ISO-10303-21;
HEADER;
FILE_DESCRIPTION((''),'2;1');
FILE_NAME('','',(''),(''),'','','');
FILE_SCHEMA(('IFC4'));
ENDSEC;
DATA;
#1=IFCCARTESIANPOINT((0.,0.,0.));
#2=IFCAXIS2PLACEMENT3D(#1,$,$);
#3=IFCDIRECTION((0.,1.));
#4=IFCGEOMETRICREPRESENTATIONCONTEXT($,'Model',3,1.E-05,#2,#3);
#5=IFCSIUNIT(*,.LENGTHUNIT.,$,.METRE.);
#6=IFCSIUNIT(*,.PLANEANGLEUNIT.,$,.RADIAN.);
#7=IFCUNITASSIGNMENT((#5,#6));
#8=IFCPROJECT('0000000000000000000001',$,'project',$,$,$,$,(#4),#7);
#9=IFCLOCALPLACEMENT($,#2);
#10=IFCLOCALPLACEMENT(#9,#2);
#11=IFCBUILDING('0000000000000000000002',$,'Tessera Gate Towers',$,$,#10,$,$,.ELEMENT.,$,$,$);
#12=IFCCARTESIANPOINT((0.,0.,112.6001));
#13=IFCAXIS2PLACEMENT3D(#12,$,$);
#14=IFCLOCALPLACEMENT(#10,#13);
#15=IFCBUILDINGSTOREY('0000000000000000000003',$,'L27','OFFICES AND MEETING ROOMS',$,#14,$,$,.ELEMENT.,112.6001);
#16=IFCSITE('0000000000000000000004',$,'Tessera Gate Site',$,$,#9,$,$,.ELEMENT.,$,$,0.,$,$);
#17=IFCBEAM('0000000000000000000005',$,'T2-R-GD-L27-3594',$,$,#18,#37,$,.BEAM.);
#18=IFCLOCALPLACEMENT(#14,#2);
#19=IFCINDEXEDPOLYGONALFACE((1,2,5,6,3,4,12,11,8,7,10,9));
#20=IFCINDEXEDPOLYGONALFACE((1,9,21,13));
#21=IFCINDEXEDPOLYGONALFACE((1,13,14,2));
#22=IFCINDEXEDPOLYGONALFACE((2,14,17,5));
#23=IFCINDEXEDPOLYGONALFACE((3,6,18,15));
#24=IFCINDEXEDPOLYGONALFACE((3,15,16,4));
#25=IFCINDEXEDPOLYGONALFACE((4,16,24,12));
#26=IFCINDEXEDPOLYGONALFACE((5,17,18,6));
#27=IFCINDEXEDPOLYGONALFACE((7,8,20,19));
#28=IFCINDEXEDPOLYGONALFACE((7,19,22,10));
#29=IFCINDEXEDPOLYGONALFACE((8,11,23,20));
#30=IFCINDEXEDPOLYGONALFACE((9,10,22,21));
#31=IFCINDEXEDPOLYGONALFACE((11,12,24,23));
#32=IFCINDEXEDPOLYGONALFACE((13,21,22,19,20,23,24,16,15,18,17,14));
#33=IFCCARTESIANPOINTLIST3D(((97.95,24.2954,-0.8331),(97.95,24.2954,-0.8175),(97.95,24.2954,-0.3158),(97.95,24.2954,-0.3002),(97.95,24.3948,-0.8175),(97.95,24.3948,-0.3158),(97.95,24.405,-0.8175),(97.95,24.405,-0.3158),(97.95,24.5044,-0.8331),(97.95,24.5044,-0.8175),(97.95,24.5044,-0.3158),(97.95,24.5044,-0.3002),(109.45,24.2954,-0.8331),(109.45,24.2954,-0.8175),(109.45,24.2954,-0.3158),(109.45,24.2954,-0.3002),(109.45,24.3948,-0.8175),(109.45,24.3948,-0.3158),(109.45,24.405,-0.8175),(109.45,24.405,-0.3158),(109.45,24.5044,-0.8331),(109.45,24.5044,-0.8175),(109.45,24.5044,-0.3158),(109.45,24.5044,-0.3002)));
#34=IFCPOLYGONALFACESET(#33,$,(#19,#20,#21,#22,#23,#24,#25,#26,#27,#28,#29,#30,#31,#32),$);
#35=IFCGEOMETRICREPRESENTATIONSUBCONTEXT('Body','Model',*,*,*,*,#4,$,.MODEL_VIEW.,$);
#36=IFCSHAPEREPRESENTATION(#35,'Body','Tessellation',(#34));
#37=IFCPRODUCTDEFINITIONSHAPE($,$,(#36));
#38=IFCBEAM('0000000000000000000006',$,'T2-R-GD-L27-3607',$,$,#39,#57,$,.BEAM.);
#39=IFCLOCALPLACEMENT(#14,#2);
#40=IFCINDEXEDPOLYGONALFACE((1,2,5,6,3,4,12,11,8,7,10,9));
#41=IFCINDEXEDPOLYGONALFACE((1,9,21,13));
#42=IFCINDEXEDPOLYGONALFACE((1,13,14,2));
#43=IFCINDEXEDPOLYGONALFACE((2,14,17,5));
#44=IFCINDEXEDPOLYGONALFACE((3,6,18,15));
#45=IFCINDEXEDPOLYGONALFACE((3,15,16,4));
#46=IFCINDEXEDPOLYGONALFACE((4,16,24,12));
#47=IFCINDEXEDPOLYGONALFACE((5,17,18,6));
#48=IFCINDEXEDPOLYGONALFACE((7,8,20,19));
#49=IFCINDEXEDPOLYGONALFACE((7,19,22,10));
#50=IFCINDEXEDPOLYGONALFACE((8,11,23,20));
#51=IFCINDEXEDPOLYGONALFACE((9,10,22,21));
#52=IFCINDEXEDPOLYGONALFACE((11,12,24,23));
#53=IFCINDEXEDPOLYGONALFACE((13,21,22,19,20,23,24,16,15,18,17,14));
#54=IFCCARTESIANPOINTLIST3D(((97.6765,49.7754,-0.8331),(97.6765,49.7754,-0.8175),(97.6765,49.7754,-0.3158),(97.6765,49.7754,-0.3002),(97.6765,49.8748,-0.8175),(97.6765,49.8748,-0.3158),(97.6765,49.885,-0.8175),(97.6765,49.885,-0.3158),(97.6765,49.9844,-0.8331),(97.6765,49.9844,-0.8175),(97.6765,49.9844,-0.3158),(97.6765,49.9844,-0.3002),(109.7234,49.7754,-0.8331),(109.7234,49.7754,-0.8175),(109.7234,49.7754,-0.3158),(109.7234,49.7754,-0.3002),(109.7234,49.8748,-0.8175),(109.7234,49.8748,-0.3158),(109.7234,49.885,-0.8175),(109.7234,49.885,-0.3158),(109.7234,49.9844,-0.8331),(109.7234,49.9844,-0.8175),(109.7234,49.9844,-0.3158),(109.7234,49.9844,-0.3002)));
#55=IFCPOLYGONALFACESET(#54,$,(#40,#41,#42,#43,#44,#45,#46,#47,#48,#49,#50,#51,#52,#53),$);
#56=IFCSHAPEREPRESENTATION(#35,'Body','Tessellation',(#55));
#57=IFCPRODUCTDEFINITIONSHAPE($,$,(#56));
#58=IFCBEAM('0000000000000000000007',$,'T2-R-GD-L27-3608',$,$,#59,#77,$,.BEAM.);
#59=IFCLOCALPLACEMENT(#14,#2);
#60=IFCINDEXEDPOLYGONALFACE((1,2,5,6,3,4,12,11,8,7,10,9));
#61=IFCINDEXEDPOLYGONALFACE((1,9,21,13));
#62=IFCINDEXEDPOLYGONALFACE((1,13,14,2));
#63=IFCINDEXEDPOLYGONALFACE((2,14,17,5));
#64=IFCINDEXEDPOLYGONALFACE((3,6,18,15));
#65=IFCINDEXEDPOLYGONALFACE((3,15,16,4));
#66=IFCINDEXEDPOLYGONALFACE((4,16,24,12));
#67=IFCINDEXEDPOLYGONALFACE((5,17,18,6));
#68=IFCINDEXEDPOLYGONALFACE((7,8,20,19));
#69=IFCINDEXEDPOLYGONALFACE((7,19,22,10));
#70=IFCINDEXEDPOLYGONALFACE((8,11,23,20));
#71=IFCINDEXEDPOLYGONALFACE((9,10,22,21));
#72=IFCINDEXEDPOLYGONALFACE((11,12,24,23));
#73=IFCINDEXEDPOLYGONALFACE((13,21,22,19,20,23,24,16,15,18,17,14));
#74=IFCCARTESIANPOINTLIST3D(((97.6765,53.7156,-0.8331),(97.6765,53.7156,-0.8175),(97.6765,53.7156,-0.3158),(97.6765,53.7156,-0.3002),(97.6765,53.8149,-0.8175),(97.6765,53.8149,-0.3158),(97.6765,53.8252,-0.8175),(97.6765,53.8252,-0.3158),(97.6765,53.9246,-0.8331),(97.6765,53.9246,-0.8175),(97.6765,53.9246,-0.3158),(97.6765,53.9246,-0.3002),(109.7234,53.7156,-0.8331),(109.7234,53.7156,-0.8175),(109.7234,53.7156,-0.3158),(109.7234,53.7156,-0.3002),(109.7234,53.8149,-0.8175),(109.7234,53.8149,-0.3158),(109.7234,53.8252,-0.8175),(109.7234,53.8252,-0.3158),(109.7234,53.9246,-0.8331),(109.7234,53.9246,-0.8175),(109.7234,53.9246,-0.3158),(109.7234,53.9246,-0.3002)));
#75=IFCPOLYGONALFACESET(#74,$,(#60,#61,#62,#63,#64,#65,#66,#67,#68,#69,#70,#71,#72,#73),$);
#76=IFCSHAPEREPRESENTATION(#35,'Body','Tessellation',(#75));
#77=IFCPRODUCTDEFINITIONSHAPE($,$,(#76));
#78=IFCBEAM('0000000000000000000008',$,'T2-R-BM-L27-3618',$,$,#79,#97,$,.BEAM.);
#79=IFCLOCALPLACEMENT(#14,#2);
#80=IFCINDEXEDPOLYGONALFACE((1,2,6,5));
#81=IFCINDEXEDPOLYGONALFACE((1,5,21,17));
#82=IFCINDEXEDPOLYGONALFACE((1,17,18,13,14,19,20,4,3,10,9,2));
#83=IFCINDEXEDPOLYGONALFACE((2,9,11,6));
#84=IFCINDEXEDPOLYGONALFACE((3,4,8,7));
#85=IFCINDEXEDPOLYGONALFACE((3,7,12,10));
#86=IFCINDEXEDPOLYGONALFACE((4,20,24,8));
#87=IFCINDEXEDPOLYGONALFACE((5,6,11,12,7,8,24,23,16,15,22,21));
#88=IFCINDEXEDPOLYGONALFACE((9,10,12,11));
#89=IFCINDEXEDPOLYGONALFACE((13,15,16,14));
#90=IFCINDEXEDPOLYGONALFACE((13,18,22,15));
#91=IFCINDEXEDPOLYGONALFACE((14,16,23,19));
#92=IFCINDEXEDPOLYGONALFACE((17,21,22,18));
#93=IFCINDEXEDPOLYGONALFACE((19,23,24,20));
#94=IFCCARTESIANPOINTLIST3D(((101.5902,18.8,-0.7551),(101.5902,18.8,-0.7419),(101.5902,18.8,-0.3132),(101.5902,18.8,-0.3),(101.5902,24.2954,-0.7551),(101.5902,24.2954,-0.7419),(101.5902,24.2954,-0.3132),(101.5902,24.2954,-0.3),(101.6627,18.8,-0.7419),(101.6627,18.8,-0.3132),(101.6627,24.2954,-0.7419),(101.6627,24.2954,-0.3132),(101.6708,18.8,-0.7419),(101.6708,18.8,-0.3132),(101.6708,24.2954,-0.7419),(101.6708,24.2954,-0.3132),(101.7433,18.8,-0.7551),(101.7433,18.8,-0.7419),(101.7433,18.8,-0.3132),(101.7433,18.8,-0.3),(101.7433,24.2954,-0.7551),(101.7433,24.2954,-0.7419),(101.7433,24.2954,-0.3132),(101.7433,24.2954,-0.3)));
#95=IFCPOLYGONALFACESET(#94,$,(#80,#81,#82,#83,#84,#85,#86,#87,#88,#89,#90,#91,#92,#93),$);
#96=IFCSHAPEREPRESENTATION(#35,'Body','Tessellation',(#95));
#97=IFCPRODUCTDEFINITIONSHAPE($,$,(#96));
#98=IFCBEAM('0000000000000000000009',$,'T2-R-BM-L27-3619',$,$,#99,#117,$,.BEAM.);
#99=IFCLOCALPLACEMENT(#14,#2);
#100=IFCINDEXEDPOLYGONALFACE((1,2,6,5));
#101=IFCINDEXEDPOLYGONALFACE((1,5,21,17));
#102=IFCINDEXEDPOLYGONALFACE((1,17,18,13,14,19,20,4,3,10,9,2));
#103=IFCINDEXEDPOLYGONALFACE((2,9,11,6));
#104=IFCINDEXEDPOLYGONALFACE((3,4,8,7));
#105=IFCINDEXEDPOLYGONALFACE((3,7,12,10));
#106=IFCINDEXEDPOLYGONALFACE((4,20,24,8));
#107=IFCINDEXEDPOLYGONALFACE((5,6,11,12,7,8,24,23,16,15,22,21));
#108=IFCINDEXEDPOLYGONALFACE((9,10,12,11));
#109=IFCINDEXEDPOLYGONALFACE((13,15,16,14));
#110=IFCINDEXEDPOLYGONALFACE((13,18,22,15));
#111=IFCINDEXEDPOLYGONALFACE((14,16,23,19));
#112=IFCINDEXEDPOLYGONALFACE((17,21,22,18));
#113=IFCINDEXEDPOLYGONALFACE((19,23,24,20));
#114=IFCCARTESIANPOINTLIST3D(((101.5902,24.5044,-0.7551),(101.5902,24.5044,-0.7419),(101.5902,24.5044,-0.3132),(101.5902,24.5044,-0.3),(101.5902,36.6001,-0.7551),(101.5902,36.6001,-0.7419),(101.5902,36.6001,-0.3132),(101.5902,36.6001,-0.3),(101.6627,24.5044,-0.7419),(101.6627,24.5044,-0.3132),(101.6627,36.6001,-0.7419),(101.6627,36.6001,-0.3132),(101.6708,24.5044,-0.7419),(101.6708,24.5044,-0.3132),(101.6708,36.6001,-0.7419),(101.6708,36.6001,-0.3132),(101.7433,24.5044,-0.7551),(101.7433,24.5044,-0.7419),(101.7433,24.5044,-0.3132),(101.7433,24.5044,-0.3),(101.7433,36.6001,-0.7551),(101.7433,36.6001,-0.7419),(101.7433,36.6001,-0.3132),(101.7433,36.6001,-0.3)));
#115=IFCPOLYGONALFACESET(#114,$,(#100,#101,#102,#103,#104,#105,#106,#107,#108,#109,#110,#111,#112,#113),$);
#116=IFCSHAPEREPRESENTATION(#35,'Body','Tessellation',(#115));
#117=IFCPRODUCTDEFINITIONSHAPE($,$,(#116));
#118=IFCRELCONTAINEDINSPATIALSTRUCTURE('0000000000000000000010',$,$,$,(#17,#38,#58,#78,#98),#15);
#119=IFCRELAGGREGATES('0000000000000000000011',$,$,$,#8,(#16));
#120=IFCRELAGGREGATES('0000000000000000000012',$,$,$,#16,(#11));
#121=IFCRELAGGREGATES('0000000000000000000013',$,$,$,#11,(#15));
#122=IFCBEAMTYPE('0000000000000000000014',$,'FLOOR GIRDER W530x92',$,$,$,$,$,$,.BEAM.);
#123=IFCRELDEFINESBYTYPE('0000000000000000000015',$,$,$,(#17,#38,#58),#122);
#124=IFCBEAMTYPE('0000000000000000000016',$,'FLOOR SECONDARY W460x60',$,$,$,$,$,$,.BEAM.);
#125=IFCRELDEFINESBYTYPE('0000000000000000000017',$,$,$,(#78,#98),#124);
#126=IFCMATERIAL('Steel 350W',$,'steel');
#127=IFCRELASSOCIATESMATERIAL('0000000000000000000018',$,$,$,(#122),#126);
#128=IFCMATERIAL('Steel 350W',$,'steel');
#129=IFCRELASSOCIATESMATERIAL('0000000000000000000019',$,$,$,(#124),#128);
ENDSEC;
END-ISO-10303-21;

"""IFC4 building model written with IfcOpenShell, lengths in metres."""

from ifc_helpers import new_model, si_unit, direction, frame, origin, origin_2d, place, context, subcontext, project, spatial, i_section, extrude, material, material_profile, profile_set, type_object, element, save


model = new_model("IFC4")

# Units and contexts
model_context = context("Model", 3, precision=1e-05, world=origin(), true_north=direction((0.0, 1.0)))
body_context = subcontext(model_context, "Body", "Model", "MODEL_VIEW")
ifc_project = project(units=[si_unit("LENGTHUNIT", "METRE"), si_unit("PLANEANGLEUNIT", "RADIAN")], contexts=[model_context])

# Site, building, storey
site_placement = place(None, origin())
site = spatial("IfcSite", under=ifc_project, at=site_placement, Name="Tessera Gate Site", CompositionType="ELEMENT", RefElevation=0.0)
building_placement = place(site_placement, origin())
building = spatial("IfcBuilding", under=site, at=building_placement, Name="Tessera Gate Towers", CompositionType="ELEMENT")
storey_placement = place(building_placement, frame((0.0, 0.0, 112.6001)))
storey = spatial("IfcBuildingStorey", under=building, at=storey_placement, Name="L27", Description="OFFICES AND MEETING ROOMS", CompositionType="ELEMENT", Elevation=112.6001)

# Beams
ifc_material_1 = material(Name="Steel 350W", Category="steel")
ifc_material_profile_1 = material_profile(ifc_material_1, i_section(OverallWidth=0.209, OverallDepth=0.533, WebThickness=0.0103, FlangeThickness=0.0156, at=origin_2d()), Name="W530x92")
ifc_profile_set_1 = profile_set([ifc_material_profile_1], Name="Steel 350W")
beam_type_1 = type_object("IfcBeamType", Name="FLOOR GIRDER W530x92", PredefinedType="BEAM", material=ifc_profile_set_1)
beam_1_placement = place(storey_placement, frame((97.95, 24.3999, -0.5667), z_axis=(1.0, 0.0, 0.0), x_axis=(0.0, 1.0, 0.0)))
element("IfcBeam", 1, at=beam_1_placement, inside=storey, type_object=beam_type_1, Name="T2-R-GD-L27-3594", PredefinedType="BEAM", context=body_context, shape_type="SweptSolid", body=[
    extrude(i_section(OverallWidth=0.209, OverallDepth=0.533, WebThickness=0.0103, FlangeThickness=0.0156, at=origin_2d()), origin(), (0.0, 0.0, 1.0), 11.5),
])
for number, where, z_axis, x_axis, name in (
    (2, (97.6765, 49.8799, -0.5667), (1.0, 0.0, 0.0), (0.0, 1.0, 0.0), "T2-R-GD-L27-3607"),
    (3, (97.6765, 53.8201, -0.5667), (1.0, 0.0, 0.0), (0.0, 1.0, 0.0), "T2-R-GD-L27-3608"),
):
    element("IfcBeam", number, at=place(storey_placement, frame(where, z_axis=z_axis, x_axis=x_axis)), inside=storey, type_object=beam_type_1, Name=name, PredefinedType="BEAM", context=body_context, shape_type="SweptSolid", body=[
        extrude(i_section(OverallWidth=0.209, OverallDepth=0.533, WebThickness=0.0103, FlangeThickness=0.0156, at=origin_2d()), origin(), (0.0, 0.0, 1.0), 12.0469),
    ])
ifc_material_2 = material(Name="Steel 350W", Category="steel")
ifc_material_profile_2 = material_profile(ifc_material_2, i_section(OverallWidth=0.1531, OverallDepth=0.4551, WebThickness=0.0081, FlangeThickness=0.0132, at=origin_2d()), Name="W460x60")
ifc_profile_set_2 = profile_set([ifc_material_profile_2], Name="Steel 350W")
beam_type_2 = type_object("IfcBeamType", Name="FLOOR SECONDARY W460x60", PredefinedType="BEAM", material=ifc_profile_set_2)
beam_2_placement = place(storey_placement, frame((101.6667, 18.8, -0.5276), z_axis=(0.0, 1.0, 0.0), x_axis=(-1.0, 0.0, 0.0)))
element("IfcBeam", 4, at=beam_2_placement, inside=storey, type_object=beam_type_2, Name="T2-R-BM-L27-3618", PredefinedType="BEAM", context=body_context, shape_type="SweptSolid", body=[
    extrude(i_section(OverallWidth=0.1531, OverallDepth=0.4551, WebThickness=0.0081, FlangeThickness=0.0132, at=origin_2d()), origin(), (0.0, 0.0, 1.0), 5.4954),
])
beam_3_placement = place(storey_placement, frame((101.6667, 24.5044, -0.5276), z_axis=(0.0, 1.0, 0.0), x_axis=(-1.0, 0.0, 0.0)))
element("IfcBeam", 5, at=beam_3_placement, inside=storey, type_object=beam_type_2, Name="T2-R-BM-L27-3619", PredefinedType="BEAM", context=body_context, shape_type="SweptSolid", body=[
    extrude(i_section(OverallWidth=0.1531, OverallDepth=0.4551, WebThickness=0.0081, FlangeThickness=0.0132, at=origin_2d()), origin(), (0.0, 0.0, 1.0), 12.0957),
])

save(model, "model.ifc")
